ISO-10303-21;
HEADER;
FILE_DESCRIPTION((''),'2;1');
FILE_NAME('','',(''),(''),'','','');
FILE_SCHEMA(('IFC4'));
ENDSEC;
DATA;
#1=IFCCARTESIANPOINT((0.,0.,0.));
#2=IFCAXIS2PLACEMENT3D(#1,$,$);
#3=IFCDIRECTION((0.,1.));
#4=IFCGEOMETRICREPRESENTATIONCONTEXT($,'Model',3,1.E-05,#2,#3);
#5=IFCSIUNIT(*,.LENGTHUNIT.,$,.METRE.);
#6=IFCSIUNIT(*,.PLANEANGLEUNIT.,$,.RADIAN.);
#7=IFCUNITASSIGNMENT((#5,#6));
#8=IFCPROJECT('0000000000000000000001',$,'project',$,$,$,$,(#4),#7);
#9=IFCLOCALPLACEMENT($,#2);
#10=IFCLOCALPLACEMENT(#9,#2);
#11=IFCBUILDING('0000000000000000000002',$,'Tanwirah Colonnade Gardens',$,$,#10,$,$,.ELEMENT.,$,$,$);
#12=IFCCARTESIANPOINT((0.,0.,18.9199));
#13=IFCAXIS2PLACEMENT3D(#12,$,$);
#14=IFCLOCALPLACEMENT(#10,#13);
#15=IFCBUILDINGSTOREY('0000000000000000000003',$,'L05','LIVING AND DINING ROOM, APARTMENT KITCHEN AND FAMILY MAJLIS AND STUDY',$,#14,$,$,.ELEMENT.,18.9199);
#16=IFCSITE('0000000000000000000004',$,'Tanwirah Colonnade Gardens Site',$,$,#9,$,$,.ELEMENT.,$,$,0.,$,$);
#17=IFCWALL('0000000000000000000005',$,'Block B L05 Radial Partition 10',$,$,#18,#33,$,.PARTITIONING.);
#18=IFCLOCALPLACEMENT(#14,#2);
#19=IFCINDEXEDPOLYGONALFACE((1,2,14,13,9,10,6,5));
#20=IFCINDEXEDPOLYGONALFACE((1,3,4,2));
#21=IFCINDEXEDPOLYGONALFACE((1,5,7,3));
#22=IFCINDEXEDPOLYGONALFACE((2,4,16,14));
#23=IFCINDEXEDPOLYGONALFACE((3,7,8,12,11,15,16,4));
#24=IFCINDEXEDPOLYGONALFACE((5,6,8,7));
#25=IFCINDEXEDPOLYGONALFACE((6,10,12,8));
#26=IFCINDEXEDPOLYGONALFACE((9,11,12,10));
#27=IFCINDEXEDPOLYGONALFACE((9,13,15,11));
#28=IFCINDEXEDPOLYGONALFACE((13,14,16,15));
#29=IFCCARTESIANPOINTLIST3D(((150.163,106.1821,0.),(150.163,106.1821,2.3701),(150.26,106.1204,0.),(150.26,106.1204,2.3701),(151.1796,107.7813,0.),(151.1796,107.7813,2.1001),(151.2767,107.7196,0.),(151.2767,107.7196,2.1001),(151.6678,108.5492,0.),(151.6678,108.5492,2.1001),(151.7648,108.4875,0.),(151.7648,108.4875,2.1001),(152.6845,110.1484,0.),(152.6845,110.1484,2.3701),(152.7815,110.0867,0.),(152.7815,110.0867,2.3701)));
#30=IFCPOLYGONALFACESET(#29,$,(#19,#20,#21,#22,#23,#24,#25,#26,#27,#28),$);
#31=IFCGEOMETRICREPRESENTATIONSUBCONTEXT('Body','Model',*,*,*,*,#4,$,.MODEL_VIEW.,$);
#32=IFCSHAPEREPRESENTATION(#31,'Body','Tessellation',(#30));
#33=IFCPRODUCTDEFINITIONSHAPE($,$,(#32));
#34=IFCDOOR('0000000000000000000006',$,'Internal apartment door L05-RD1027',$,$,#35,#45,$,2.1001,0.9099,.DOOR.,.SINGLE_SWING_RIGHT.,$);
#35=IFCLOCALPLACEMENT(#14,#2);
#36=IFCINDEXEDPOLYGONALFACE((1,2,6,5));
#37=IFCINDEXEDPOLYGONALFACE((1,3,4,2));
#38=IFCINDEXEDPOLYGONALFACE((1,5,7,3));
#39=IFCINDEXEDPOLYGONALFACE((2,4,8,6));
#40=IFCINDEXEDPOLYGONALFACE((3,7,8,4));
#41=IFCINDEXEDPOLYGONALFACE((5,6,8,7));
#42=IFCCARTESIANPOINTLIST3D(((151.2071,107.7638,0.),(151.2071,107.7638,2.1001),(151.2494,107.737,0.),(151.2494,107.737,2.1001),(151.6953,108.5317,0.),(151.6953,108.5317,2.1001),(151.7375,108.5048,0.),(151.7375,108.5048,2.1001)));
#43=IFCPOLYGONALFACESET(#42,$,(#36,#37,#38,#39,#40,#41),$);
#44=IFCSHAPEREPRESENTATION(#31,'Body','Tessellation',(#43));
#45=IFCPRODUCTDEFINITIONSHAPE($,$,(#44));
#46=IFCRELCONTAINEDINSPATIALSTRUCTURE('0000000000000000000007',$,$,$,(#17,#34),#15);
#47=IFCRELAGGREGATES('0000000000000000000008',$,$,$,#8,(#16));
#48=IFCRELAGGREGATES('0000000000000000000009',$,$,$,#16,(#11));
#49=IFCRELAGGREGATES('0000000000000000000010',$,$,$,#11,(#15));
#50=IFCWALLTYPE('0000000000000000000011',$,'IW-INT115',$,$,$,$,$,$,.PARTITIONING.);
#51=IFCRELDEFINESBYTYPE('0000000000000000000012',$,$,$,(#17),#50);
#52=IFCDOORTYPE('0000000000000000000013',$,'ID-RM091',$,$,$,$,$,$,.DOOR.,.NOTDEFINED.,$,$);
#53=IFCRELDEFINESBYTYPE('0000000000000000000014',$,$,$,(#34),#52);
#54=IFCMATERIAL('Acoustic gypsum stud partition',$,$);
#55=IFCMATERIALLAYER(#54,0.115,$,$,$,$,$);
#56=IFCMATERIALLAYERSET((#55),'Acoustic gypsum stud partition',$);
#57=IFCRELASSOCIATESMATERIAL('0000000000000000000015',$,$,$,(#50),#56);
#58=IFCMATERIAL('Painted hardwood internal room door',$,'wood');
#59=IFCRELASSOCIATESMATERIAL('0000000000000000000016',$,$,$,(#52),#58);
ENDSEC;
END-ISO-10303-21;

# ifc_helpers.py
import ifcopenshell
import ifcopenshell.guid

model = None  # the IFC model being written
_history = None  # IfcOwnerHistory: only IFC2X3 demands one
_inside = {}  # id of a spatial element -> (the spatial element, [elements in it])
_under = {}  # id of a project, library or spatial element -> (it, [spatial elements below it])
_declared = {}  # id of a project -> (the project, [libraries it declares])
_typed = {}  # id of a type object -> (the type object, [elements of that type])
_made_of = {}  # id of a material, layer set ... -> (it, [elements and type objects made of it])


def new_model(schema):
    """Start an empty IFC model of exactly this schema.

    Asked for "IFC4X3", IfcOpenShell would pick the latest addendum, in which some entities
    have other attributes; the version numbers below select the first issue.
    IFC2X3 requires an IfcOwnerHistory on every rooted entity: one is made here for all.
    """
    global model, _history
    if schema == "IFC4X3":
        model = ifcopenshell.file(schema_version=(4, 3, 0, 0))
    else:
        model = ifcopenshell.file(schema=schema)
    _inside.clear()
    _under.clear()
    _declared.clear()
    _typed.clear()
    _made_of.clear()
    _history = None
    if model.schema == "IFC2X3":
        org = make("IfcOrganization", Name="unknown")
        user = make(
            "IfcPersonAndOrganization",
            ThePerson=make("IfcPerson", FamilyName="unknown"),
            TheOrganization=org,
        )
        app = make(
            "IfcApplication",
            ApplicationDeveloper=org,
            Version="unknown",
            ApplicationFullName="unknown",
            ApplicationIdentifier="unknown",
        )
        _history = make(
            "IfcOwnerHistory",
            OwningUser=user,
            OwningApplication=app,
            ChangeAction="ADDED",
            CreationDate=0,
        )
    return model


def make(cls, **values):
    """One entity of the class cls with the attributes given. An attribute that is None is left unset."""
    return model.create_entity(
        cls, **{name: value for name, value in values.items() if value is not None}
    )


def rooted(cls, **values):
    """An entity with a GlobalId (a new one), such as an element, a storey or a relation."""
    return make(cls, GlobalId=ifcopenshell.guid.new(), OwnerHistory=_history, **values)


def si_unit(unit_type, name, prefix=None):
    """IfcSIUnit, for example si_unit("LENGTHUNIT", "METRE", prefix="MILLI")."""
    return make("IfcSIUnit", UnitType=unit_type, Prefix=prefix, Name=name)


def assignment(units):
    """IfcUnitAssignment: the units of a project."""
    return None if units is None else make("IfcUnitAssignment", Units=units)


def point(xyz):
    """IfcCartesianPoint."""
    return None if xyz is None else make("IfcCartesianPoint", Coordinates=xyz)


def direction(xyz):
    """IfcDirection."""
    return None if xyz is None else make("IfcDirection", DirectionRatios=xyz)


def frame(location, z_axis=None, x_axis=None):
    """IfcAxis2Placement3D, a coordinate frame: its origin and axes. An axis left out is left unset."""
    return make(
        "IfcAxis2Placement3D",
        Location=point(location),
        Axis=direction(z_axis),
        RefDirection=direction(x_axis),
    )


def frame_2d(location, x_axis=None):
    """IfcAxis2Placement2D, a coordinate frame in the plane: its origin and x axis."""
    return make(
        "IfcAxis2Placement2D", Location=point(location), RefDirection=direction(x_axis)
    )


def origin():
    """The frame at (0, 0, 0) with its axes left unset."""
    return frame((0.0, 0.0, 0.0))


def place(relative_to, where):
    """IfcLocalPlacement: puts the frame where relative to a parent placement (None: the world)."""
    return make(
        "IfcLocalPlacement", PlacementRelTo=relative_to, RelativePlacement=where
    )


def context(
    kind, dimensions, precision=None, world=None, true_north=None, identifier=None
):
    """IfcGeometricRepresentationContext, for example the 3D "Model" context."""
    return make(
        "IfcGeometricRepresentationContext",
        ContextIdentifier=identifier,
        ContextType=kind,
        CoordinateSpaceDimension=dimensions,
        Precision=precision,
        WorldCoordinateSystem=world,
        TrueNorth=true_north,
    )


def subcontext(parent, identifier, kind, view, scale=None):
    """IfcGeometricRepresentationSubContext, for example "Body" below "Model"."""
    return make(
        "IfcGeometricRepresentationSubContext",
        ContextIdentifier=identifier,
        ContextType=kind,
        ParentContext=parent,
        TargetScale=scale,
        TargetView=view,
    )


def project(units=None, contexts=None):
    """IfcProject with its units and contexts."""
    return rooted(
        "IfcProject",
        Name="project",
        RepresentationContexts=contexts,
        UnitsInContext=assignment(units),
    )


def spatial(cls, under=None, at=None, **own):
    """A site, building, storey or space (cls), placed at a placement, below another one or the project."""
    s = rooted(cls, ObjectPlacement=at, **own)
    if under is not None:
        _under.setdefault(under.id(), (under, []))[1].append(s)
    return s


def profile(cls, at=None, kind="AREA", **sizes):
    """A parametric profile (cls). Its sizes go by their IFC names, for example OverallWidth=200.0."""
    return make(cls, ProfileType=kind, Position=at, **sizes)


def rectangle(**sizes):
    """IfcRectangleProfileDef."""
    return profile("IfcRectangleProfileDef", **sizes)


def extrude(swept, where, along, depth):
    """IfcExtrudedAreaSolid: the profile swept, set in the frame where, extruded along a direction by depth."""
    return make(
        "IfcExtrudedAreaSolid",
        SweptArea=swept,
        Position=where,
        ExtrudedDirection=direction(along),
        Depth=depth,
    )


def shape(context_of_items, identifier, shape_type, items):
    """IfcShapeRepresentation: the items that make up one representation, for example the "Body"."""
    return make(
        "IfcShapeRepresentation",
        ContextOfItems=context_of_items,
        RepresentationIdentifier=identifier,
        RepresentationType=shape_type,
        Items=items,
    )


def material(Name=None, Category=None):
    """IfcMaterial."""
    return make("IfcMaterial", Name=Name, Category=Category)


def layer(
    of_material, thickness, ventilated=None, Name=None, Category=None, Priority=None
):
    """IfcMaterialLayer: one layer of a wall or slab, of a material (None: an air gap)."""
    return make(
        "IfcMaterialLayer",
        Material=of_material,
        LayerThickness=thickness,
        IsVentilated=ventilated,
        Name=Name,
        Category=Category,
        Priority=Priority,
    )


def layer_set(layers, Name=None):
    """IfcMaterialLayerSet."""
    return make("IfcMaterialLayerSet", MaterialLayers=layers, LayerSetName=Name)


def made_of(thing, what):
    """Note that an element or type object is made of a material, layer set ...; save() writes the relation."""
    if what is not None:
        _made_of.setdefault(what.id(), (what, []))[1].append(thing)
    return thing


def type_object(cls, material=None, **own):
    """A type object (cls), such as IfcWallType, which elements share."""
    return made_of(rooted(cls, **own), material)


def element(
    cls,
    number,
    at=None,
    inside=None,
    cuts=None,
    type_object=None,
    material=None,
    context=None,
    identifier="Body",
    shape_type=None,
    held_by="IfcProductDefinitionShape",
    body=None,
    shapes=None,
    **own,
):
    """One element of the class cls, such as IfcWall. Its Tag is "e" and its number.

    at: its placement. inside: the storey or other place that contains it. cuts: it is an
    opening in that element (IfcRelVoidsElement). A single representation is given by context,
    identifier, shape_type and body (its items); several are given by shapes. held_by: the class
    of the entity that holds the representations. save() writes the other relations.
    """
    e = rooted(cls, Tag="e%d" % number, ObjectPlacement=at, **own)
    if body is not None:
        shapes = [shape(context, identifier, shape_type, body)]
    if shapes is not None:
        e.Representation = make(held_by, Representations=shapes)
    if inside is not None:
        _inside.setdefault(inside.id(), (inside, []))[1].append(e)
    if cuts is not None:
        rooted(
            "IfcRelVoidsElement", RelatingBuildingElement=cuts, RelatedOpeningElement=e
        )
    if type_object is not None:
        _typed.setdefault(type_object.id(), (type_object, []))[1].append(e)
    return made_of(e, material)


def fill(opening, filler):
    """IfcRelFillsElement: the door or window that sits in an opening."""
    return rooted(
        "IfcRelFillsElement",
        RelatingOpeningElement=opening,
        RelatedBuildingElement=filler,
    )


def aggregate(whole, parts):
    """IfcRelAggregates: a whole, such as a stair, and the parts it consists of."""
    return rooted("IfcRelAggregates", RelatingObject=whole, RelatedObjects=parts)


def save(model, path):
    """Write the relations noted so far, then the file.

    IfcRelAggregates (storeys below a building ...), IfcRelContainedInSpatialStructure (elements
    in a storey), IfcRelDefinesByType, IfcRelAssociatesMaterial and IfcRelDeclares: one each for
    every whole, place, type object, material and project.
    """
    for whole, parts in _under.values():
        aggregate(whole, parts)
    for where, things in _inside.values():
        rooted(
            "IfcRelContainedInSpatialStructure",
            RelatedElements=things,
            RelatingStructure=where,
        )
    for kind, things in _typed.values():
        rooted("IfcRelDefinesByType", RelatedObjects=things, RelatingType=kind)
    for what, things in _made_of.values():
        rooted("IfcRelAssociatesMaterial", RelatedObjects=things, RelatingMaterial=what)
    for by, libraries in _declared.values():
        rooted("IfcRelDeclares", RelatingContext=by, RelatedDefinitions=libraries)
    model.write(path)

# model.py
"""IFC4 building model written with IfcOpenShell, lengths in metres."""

from ifc_helpers import new_model, si_unit, direction, frame, frame_2d, origin, place, context, subcontext, project, spatial, rectangle, extrude, material, layer, layer_set, type_object, element, fill, save


model = new_model("IFC4")

# Units and contexts
model_context = context("Model", 3, precision=1e-05, world=origin(), true_north=direction((0.0, 1.0)))
body_context = subcontext(model_context, "Body", "Model", "MODEL_VIEW")
ifc_project = project(units=[si_unit("LENGTHUNIT", "METRE"), si_unit("PLANEANGLEUNIT", "RADIAN")], contexts=[model_context])

# Site, building, storey
site_placement = place(None, origin())
site = spatial("IfcSite", under=ifc_project, at=site_placement, Name="Tanwirah Colonnade Gardens Site", CompositionType="ELEMENT", RefElevation=0.0)
building_placement = place(site_placement, origin())
building = spatial("IfcBuilding", under=site, at=building_placement, Name="Tanwirah Colonnade Gardens", CompositionType="ELEMENT")
storey_placement = place(building_placement, frame((0.0, 0.0, 18.9199)))
storey = spatial("IfcBuildingStorey", under=building, at=storey_placement, Name="L05", Description="LIVING AND DINING ROOM, APARTMENT KITCHEN AND FAMILY MAJLIS AND STUDY", CompositionType="ELEMENT", Elevation=18.9199)

# Wall, opening, door
ifc_material_1 = material(Name="Acoustic gypsum stud partition")
ifc_layer_1 = layer(ifc_material_1, 0.115)
ifc_layer_set_1 = layer_set([ifc_layer_1], Name="Acoustic gypsum stud partition")
wall_type_1 = type_object("IfcWallType", Name="IW-INT115", PredefinedType="PARTITIONING", material=ifc_layer_set_1)
wall_1_placement = place(storey_placement, frame((150.2114, 106.1511, 0.0), z_axis=(0.0, 0.0, 1.0), x_axis=(0.536492, 0.843905, 0.0)))
wall_1 = element("IfcWall", 1, at=wall_1_placement, inside=storey, type_object=wall_type_1, Name="Block B L05 Radial Partition 10", PredefinedType="PARTITIONING", context=body_context, shape_type="SweptSolid", body=[
    extrude(rectangle(XDim=4.7, YDim=0.115, at=frame_2d((2.3501, 0.0))), origin(), (0.0, 0.0, 1.0), 2.3701),
])
opening_1_placement = place(wall_1_placement, frame((1.895, 0.0, 0.0)))
opening_1 = element("IfcOpeningElement", 2, at=opening_1_placement, cuts=wall_1, PredefinedType="OPENING", context=body_context, shape_type="SweptSolid", body=[
    extrude(rectangle(XDim=0.9099, YDim=2.1001, at=frame_2d((0.4551, 1.05))), frame((0.0, 0.0674, 0.0), z_axis=(0.0, -1.0, 0.0), x_axis=(1.0, 0.0, 0.0)), (0.0, 0.0, 1.0), 0.135),
])
ifc_material_2 = material(Name="Painted hardwood internal room door", Category="wood")
door_type_1 = type_object("IfcDoorType", Name="ID-RM091", OperationType="NOTDEFINED", PredefinedType="DOOR", material=ifc_material_2)
door_1_placement = place(opening_1_placement, origin())
door_1 = element("IfcDoor", 3, at=door_1_placement, inside=storey, type_object=door_type_1, Name="Internal apartment door L05-RD1027", OperationType="SINGLE_SWING_RIGHT", OverallHeight=2.1001, OverallWidth=0.9099, PredefinedType="DOOR", context=body_context, shape_type="SweptSolid", body=[
    extrude(rectangle(XDim=0.9099, YDim=2.1001, at=frame_2d((0.4551, 1.05))), frame((0.0, 0.0249, 0.0), z_axis=(0.0, -1.0, 0.0), x_axis=(1.0, 0.0, 0.0)), (0.0, 0.0, 1.0), 0.05),
])
fill(opening_1, door_1)

save(model, "model.ifc")
